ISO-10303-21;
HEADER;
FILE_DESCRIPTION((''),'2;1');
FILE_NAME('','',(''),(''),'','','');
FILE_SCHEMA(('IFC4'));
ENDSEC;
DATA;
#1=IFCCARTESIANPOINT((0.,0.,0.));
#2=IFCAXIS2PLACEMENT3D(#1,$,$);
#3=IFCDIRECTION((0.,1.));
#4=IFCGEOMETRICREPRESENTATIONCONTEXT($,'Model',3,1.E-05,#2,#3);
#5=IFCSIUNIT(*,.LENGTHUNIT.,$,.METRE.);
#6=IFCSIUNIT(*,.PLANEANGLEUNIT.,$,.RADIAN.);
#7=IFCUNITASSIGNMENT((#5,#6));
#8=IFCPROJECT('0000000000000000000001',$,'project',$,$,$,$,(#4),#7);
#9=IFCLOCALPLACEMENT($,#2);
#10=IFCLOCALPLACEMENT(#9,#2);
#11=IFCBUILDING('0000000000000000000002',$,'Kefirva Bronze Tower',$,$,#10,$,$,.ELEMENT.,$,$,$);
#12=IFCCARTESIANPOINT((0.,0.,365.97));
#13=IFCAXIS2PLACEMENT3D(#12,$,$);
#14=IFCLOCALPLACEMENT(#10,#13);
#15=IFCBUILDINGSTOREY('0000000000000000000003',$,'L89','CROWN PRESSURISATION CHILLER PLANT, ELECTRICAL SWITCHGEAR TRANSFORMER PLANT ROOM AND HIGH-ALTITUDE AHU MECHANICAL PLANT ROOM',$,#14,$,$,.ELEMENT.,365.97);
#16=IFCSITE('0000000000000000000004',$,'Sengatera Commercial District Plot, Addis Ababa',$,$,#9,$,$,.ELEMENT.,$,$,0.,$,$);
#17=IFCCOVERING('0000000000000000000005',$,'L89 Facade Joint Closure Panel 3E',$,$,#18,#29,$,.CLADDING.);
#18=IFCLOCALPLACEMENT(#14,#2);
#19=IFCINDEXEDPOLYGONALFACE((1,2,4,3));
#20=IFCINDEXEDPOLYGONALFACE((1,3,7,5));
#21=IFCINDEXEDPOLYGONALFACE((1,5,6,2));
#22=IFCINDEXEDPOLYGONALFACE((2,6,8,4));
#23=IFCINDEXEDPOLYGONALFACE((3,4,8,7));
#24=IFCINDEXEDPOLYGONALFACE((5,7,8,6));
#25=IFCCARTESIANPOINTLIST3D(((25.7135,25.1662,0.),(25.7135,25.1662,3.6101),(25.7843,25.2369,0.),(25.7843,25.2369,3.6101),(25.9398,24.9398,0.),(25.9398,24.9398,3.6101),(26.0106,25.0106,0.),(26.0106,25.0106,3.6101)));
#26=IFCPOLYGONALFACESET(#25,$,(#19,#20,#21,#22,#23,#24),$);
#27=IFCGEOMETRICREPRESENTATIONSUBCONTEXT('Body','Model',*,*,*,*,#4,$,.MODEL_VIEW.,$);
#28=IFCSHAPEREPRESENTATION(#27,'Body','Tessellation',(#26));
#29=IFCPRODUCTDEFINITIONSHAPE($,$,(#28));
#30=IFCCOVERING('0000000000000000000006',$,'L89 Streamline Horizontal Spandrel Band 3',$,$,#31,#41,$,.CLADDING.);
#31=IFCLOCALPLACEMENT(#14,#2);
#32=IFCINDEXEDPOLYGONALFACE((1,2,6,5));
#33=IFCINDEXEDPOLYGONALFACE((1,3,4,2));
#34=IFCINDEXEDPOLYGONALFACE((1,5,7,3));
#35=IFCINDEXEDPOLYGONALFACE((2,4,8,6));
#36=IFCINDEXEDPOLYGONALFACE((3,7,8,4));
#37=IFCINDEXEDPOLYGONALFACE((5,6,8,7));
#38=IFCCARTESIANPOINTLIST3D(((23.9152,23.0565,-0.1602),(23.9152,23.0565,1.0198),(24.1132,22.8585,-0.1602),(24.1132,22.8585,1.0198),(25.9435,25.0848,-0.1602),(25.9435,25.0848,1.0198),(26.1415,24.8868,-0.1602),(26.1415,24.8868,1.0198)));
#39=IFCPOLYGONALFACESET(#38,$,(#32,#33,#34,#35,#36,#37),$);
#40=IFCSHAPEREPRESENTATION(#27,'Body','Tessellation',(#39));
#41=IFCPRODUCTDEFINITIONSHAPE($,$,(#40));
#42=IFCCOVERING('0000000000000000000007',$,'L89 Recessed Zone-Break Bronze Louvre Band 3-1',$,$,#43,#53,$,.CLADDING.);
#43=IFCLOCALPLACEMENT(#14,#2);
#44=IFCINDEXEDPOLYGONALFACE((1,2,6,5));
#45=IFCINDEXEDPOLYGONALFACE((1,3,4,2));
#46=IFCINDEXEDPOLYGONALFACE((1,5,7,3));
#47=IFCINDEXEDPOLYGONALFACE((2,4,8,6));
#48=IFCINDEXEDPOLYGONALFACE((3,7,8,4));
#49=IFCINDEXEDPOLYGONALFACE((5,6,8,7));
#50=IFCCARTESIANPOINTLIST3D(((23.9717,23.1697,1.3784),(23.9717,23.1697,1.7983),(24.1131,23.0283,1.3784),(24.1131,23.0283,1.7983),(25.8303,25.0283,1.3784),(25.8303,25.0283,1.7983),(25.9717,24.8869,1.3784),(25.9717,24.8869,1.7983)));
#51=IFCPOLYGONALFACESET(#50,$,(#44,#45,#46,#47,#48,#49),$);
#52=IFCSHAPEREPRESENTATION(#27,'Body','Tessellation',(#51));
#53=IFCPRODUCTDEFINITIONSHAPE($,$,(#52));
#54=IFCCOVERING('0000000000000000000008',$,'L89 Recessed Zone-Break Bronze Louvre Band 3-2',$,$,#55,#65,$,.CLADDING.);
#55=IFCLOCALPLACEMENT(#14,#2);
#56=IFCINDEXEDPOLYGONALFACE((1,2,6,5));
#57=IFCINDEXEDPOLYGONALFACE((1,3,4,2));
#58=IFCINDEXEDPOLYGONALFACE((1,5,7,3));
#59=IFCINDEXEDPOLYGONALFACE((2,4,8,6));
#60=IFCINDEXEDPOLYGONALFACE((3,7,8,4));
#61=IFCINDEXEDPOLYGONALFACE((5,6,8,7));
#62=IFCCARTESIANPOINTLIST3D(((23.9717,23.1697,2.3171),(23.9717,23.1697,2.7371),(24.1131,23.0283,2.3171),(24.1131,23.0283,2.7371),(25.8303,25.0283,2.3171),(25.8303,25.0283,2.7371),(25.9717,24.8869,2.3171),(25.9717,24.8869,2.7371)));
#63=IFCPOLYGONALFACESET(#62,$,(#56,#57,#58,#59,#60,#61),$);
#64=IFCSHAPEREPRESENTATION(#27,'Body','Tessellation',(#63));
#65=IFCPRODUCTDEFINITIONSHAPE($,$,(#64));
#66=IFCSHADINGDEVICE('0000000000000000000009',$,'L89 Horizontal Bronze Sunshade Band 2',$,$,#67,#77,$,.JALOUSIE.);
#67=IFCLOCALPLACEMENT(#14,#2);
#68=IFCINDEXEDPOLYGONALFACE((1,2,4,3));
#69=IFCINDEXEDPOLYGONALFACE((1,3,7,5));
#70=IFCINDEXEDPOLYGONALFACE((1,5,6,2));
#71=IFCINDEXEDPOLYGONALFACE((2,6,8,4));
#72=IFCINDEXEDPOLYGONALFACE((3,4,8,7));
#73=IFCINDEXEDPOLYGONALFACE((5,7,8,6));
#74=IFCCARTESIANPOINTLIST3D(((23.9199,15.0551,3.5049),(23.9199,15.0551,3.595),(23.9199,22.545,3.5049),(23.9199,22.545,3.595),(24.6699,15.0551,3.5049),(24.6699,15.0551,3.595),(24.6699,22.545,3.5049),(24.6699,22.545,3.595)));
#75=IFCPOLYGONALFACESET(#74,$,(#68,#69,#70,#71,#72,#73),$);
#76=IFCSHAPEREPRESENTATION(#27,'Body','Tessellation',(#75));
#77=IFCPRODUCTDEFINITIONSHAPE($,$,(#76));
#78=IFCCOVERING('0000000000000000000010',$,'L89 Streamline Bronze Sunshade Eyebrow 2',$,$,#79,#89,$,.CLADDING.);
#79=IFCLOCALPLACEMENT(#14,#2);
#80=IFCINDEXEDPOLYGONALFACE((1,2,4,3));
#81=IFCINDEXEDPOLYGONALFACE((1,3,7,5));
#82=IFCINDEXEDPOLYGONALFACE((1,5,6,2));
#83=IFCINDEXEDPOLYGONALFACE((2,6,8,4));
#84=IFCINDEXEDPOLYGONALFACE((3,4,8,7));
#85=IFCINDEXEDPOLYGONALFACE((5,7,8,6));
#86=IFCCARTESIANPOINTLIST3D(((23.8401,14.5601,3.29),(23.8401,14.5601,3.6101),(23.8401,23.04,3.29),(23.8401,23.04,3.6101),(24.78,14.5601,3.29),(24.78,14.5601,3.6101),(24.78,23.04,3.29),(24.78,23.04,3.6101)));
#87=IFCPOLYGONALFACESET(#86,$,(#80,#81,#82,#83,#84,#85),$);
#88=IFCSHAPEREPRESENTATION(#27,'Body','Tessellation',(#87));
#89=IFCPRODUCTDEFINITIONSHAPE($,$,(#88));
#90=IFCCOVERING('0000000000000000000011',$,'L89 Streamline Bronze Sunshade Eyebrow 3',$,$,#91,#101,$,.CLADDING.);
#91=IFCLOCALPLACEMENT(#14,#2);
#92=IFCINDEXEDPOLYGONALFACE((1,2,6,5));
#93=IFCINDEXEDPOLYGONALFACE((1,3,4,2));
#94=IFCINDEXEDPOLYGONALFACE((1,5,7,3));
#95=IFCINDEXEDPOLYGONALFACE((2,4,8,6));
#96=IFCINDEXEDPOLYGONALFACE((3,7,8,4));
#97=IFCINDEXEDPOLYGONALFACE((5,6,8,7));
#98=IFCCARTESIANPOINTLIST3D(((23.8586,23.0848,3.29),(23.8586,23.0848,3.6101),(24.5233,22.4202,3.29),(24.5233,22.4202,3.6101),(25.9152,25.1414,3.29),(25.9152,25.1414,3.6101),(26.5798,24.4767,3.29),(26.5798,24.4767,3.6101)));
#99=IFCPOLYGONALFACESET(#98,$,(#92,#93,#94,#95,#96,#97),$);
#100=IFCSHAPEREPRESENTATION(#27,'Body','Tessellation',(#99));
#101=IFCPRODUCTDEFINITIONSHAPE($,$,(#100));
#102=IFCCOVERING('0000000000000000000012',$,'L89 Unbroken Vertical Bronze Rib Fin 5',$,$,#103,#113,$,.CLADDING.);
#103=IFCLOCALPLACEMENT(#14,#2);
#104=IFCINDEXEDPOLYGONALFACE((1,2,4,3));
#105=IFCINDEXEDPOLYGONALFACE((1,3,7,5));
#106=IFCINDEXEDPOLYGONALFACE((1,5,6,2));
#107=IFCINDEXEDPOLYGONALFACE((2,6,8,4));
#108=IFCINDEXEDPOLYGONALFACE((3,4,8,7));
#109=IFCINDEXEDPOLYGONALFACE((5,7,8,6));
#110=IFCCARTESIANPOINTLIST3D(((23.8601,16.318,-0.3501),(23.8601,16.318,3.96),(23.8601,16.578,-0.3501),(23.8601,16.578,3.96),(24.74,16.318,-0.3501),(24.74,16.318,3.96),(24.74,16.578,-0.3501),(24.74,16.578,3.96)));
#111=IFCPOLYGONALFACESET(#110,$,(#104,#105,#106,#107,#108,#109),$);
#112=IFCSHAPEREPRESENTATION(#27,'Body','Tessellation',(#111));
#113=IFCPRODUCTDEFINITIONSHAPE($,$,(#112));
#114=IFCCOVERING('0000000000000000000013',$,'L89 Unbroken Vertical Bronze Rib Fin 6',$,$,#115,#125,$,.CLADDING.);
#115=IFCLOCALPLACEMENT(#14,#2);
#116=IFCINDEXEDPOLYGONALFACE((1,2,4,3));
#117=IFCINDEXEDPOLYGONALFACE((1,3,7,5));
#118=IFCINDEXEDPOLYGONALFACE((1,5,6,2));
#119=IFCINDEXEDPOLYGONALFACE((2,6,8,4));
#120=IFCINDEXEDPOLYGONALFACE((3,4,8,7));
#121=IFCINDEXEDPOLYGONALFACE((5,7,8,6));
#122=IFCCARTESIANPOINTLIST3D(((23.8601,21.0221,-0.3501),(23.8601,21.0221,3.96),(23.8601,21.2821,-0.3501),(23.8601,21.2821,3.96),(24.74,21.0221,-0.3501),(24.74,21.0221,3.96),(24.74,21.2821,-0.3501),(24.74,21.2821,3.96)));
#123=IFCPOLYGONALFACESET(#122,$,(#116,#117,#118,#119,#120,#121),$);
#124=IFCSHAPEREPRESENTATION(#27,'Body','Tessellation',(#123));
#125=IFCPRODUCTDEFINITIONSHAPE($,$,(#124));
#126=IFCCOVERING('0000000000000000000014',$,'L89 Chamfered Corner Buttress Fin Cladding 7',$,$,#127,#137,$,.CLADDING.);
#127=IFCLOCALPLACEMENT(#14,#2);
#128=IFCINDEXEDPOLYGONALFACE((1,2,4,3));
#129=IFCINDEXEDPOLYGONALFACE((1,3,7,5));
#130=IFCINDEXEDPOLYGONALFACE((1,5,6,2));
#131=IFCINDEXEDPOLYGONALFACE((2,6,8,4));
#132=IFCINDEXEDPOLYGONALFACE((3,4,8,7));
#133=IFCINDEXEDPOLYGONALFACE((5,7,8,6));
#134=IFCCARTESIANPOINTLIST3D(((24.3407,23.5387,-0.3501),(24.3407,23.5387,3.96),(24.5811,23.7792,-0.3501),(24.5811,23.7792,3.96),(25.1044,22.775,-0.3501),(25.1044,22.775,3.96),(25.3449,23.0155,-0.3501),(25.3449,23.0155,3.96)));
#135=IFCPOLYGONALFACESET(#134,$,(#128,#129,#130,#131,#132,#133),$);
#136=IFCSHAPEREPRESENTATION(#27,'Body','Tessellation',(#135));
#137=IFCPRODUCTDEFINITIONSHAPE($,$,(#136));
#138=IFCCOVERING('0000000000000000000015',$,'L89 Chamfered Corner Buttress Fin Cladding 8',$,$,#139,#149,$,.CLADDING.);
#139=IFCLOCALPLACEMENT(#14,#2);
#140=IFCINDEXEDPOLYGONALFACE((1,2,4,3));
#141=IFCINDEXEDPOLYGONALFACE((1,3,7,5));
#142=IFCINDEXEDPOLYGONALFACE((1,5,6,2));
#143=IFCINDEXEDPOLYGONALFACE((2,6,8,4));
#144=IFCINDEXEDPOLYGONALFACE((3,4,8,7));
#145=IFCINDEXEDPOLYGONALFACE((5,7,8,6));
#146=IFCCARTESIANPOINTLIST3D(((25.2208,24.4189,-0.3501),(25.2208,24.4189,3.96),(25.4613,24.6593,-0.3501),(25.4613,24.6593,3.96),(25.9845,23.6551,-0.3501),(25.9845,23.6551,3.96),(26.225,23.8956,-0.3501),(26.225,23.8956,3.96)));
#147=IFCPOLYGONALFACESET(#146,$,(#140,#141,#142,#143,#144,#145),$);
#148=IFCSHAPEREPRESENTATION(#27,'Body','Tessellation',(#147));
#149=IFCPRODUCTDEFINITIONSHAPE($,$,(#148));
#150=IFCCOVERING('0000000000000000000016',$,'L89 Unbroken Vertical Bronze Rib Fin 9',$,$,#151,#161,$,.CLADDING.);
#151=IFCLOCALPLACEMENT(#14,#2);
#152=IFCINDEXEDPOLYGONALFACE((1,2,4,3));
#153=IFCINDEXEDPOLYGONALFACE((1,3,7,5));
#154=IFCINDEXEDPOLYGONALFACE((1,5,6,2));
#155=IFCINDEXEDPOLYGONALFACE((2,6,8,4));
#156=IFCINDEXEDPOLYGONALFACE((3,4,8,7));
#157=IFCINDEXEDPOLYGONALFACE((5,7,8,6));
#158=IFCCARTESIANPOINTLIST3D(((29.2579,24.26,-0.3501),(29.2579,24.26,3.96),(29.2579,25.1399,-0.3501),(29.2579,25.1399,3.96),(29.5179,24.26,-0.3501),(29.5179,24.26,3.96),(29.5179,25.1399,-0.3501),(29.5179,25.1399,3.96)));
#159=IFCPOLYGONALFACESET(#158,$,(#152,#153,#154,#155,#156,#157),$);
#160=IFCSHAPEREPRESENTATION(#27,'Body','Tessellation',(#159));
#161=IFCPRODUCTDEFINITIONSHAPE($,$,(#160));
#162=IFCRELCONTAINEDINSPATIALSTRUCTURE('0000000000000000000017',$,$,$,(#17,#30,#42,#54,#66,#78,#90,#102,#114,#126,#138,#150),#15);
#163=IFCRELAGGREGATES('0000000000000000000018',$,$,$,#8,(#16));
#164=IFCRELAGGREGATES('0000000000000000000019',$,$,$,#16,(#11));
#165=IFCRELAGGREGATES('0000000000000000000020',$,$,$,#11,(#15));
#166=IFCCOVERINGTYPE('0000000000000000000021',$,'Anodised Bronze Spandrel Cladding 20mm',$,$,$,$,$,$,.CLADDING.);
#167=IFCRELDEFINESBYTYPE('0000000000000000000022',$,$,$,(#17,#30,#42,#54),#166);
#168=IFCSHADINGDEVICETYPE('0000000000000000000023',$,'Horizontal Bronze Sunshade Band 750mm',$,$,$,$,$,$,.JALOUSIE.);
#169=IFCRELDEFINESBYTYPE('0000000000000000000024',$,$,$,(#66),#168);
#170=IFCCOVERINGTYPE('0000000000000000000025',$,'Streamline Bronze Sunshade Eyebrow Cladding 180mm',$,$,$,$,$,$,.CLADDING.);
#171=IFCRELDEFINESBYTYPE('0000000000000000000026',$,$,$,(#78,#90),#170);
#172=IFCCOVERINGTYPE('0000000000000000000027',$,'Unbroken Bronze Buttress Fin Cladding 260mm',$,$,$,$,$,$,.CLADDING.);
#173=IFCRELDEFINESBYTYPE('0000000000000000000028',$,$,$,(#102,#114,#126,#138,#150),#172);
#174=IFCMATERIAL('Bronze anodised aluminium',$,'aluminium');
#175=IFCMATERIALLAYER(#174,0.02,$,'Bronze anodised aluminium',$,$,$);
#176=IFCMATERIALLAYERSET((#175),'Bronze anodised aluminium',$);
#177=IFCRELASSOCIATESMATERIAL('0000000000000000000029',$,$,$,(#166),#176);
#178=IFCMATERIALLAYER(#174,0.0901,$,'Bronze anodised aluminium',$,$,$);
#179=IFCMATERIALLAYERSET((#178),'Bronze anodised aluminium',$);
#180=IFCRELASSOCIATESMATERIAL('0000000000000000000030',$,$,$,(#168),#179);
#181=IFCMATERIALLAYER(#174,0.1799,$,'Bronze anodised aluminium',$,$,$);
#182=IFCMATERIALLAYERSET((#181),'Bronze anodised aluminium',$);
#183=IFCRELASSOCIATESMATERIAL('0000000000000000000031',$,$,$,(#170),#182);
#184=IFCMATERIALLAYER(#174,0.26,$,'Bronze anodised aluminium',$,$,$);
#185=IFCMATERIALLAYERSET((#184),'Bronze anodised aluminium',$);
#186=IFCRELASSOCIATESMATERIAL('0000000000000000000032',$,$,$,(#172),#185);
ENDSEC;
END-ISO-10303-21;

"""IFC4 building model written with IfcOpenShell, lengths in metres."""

from ifc_helpers import new_model, si_unit, direction, frame, origin, origin_2d, place, context, subcontext, project, spatial, rectangle, extrude, material, layer, layer_set, type_object, element, save


model = new_model("IFC4")

# Units and contexts
model_context = context("Model", 3, precision=1e-05, world=origin(), true_north=direction((0.0, 1.0)))
body_context = subcontext(model_context, "Body", "Model", "MODEL_VIEW")
ifc_project = project(units=[si_unit("LENGTHUNIT", "METRE"), si_unit("PLANEANGLEUNIT", "RADIAN")], contexts=[model_context])

# Site, building, storey
site_placement = place(None, origin())
site = spatial("IfcSite", under=ifc_project, at=site_placement, Name="Sengatera Commercial District Plot, Addis Ababa", CompositionType="ELEMENT", RefElevation=0.0)
building_placement = place(site_placement, origin())
building = spatial("IfcBuilding", under=site, at=building_placement, Name="Kefirva Bronze Tower", CompositionType="ELEMENT")
storey_placement = place(building_placement, frame((0.0, 0.0, 365.97)))
storey = spatial("IfcBuildingStorey", under=building, at=storey_placement, Name="L89", Description="CROWN PRESSURISATION CHILLER PLANT, ELECTRICAL SWITCHGEAR TRANSFORMER PLANT ROOM AND HIGH-ALTITUDE AHU MECHANICAL PLANT ROOM", CompositionType="ELEMENT", Elevation=365.97)

# Shared definitions
ifc_material_1 = material(Name="Bronze anodised aluminium", Category="aluminium")

# Coverings
ifc_layer_1 = layer(ifc_material_1, 0.02, Name="Bronze anodised aluminium")
ifc_layer_set_1 = layer_set([ifc_layer_1], Name="Bronze anodised aluminium")
covering_type_1 = type_object("IfcCoveringType", Name="Anodised Bronze Spandrel Cladding 20mm", PredefinedType="CLADDING", material=ifc_layer_set_1)
covering_1_placement = place(storey_placement, frame((25.8621, 25.0884, 0.0), z_axis=(0.0, 0.0, 1.0), x_axis=(0.707107, 0.707107, 0.0)))
element("IfcCovering", 1, at=covering_1_placement, inside=storey, type_object=covering_type_1, Name="L89 Facade Joint Closure Panel 3E", PredefinedType="CLADDING", context=body_context, shape_type="SweptSolid", body=[
    extrude(rectangle(XDim=0.1001, YDim=0.3201, at=origin_2d()), origin(), (0.0, 0.0, 1.0), 3.6101),
])
covering_2_placement = place(storey_placement, frame((25.0283, 23.9717, -0.1602), z_axis=(0.0, 0.0, 1.0), x_axis=(0.707107, 0.707107, 0.0)))
element("IfcCovering", 2, at=covering_2_placement, inside=storey, type_object=covering_type_1, Name="L89 Streamline Horizontal Spandrel Band 3", PredefinedType="CLADDING", context=body_context, shape_type="SweptSolid", body=[
    extrude(rectangle(XDim=2.8684, YDim=0.28, at=origin_2d()), origin(), (0.0, 0.0, 1.0), 1.1799),
])
for number, where, z_axis, x_axis, name in (
    (3, (24.9717, 24.0283, 1.3784), (0.0, 0.0, 1.0), (0.707107, 0.707107, 0.0), "L89 Recessed Zone-Break Bronze Louvre Band 3-1"),
    (4, (24.9717, 24.0283, 2.3171), (0.0, 0.0, 1.0), (0.707107, 0.707107, 0.0), "L89 Recessed Zone-Break Bronze Louvre Band 3-2"),
):
    element("IfcCovering", number, at=place(storey_placement, frame(where, z_axis=z_axis, x_axis=x_axis)), inside=storey, type_object=covering_type_1, Name=name, PredefinedType="CLADDING", context=body_context, shape_type="SweptSolid", body=[
        extrude(rectangle(XDim=2.6284, YDim=0.2, at=origin_2d()), origin(), (0.0, 0.0, 1.0), 0.4199),
    ])

# Shading device
ifc_layer_2 = layer(ifc_material_1, 0.0901, Name="Bronze anodised aluminium")
ifc_layer_set_2 = layer_set([ifc_layer_2], Name="Bronze anodised aluminium")
shading_device_type = type_object("IfcShadingDeviceType", Name="Horizontal Bronze Sunshade Band 750mm", PredefinedType="JALOUSIE", material=ifc_layer_set_2)
shading_device_placement = place(storey_placement, frame((24.2949, 18.8, 3.5049), z_axis=(0.0, 0.0, 1.0), x_axis=(0.0, 1.0, 0.0)))
element("IfcShadingDevice", 5, at=shading_device_placement, inside=storey, type_object=shading_device_type, Name="L89 Horizontal Bronze Sunshade Band 2", PredefinedType="JALOUSIE", context=body_context, shape_type="SweptSolid", body=[
    extrude(rectangle(XDim=7.49, YDim=0.75, at=origin_2d()), origin(), (0.0, 0.0, 1.0), 0.0901),
])

# Coverings
ifc_layer_3 = layer(ifc_material_1, 0.1799, Name="Bronze anodised aluminium")
ifc_layer_set_3 = layer_set([ifc_layer_3], Name="Bronze anodised aluminium")
covering_type_2 = type_object("IfcCoveringType", Name="Streamline Bronze Sunshade Eyebrow Cladding 180mm", PredefinedType="CLADDING", material=ifc_layer_set_3)
covering_3_placement = place(storey_placement, frame((24.3101, 18.8, 3.29), z_axis=(0.0, 0.0, 1.0), x_axis=(0.0, 1.0, 0.0)))
element("IfcCovering", 6, at=covering_3_placement, inside=storey, type_object=covering_type_2, Name="L89 Streamline Bronze Sunshade Eyebrow 2", PredefinedType="CLADDING", context=body_context, shape_type="SweptSolid", body=[
    extrude(rectangle(XDim=8.48, YDim=0.9399, at=origin_2d()), origin(), (0.0, 0.0, 1.0), 0.3201),
])
covering_4_placement = place(storey_placement, frame((25.2192, 23.7808, 3.29), z_axis=(0.0, 0.0, 1.0), x_axis=(0.707107, 0.707107, 0.0)))
element("IfcCovering", 7, at=covering_4_placement, inside=storey, type_object=covering_type_2, Name="L89 Streamline Bronze Sunshade Eyebrow 3", PredefinedType="CLADDING", context=body_context, shape_type="SweptSolid", body=[
    extrude(rectangle(XDim=2.9084, YDim=0.9399, at=origin_2d()), origin(), (0.0, 0.0, 1.0), 0.3201),
])
ifc_layer_4 = layer(ifc_material_1, 0.26, Name="Bronze anodised aluminium")
ifc_layer_set_4 = layer_set([ifc_layer_4], Name="Bronze anodised aluminium")
covering_type_3 = type_object("IfcCoveringType", Name="Unbroken Bronze Buttress Fin Cladding 260mm", PredefinedType="CLADDING", material=ifc_layer_set_4)
for number, where, z_axis, x_axis, name in (
    (8, (24.3, 16.448, -0.3501), (0.0, 0.0, 1.0), (0.0, 1.0, 0.0), "L89 Unbroken Vertical Bronze Rib Fin 5"),
    (9, (24.3, 21.1521, -0.3501), (0.0, 0.0, 1.0), (0.0, 1.0, 0.0), "L89 Unbroken Vertical Bronze Rib Fin 6"),
):
    element("IfcCovering", number, at=place(storey_placement, frame(where, z_axis=z_axis, x_axis=x_axis)), inside=storey, type_object=covering_type_3, Name=name, PredefinedType="CLADDING", context=body_context, shape_type="SweptSolid", body=[
        extrude(rectangle(XDim=0.26, YDim=0.8799, at=origin_2d()), origin(), (0.0, 0.0, 1.0), 4.3101),
    ])
for number, where, z_axis, x_axis, name in (
    (10, (24.8428, 23.2771, -0.3501), (0.0, 0.0, 1.0), (0.707107, 0.707107, 0.0), "L89 Chamfered Corner Buttress Fin Cladding 7"),
    (11, (25.7229, 24.1572, -0.3501), (0.0, 0.0, 1.0), (0.707107, 0.707107, 0.0), "L89 Chamfered Corner Buttress Fin Cladding 8"),
):
    element("IfcCovering", number, at=place(storey_placement, frame(where, z_axis=z_axis, x_axis=x_axis)), inside=storey, type_object=covering_type_3, Name=name, PredefinedType="CLADDING", context=body_context, shape_type="SweptSolid", body=[
        extrude(rectangle(XDim=0.3401, YDim=1.0801, at=origin_2d()), origin(), (0.0, 0.0, 1.0), 4.3101),
    ])
covering_5_placement = place(storey_placement, frame((29.3879, 24.7, -0.3501), z_axis=(0.0, 0.0, 1.0), x_axis=(1.0, 0.0, 0.0)))
element("IfcCovering", 12, at=covering_5_placement, inside=storey, type_object=covering_type_3, Name="L89 Unbroken Vertical Bronze Rib Fin 9", PredefinedType="CLADDING", context=body_context, shape_type="SweptSolid", body=[
    extrude(rectangle(XDim=0.26, YDim=0.8799, at=origin_2d()), origin(), (0.0, 0.0, 1.0), 4.3101),
])

save(model, "model.ifc")
